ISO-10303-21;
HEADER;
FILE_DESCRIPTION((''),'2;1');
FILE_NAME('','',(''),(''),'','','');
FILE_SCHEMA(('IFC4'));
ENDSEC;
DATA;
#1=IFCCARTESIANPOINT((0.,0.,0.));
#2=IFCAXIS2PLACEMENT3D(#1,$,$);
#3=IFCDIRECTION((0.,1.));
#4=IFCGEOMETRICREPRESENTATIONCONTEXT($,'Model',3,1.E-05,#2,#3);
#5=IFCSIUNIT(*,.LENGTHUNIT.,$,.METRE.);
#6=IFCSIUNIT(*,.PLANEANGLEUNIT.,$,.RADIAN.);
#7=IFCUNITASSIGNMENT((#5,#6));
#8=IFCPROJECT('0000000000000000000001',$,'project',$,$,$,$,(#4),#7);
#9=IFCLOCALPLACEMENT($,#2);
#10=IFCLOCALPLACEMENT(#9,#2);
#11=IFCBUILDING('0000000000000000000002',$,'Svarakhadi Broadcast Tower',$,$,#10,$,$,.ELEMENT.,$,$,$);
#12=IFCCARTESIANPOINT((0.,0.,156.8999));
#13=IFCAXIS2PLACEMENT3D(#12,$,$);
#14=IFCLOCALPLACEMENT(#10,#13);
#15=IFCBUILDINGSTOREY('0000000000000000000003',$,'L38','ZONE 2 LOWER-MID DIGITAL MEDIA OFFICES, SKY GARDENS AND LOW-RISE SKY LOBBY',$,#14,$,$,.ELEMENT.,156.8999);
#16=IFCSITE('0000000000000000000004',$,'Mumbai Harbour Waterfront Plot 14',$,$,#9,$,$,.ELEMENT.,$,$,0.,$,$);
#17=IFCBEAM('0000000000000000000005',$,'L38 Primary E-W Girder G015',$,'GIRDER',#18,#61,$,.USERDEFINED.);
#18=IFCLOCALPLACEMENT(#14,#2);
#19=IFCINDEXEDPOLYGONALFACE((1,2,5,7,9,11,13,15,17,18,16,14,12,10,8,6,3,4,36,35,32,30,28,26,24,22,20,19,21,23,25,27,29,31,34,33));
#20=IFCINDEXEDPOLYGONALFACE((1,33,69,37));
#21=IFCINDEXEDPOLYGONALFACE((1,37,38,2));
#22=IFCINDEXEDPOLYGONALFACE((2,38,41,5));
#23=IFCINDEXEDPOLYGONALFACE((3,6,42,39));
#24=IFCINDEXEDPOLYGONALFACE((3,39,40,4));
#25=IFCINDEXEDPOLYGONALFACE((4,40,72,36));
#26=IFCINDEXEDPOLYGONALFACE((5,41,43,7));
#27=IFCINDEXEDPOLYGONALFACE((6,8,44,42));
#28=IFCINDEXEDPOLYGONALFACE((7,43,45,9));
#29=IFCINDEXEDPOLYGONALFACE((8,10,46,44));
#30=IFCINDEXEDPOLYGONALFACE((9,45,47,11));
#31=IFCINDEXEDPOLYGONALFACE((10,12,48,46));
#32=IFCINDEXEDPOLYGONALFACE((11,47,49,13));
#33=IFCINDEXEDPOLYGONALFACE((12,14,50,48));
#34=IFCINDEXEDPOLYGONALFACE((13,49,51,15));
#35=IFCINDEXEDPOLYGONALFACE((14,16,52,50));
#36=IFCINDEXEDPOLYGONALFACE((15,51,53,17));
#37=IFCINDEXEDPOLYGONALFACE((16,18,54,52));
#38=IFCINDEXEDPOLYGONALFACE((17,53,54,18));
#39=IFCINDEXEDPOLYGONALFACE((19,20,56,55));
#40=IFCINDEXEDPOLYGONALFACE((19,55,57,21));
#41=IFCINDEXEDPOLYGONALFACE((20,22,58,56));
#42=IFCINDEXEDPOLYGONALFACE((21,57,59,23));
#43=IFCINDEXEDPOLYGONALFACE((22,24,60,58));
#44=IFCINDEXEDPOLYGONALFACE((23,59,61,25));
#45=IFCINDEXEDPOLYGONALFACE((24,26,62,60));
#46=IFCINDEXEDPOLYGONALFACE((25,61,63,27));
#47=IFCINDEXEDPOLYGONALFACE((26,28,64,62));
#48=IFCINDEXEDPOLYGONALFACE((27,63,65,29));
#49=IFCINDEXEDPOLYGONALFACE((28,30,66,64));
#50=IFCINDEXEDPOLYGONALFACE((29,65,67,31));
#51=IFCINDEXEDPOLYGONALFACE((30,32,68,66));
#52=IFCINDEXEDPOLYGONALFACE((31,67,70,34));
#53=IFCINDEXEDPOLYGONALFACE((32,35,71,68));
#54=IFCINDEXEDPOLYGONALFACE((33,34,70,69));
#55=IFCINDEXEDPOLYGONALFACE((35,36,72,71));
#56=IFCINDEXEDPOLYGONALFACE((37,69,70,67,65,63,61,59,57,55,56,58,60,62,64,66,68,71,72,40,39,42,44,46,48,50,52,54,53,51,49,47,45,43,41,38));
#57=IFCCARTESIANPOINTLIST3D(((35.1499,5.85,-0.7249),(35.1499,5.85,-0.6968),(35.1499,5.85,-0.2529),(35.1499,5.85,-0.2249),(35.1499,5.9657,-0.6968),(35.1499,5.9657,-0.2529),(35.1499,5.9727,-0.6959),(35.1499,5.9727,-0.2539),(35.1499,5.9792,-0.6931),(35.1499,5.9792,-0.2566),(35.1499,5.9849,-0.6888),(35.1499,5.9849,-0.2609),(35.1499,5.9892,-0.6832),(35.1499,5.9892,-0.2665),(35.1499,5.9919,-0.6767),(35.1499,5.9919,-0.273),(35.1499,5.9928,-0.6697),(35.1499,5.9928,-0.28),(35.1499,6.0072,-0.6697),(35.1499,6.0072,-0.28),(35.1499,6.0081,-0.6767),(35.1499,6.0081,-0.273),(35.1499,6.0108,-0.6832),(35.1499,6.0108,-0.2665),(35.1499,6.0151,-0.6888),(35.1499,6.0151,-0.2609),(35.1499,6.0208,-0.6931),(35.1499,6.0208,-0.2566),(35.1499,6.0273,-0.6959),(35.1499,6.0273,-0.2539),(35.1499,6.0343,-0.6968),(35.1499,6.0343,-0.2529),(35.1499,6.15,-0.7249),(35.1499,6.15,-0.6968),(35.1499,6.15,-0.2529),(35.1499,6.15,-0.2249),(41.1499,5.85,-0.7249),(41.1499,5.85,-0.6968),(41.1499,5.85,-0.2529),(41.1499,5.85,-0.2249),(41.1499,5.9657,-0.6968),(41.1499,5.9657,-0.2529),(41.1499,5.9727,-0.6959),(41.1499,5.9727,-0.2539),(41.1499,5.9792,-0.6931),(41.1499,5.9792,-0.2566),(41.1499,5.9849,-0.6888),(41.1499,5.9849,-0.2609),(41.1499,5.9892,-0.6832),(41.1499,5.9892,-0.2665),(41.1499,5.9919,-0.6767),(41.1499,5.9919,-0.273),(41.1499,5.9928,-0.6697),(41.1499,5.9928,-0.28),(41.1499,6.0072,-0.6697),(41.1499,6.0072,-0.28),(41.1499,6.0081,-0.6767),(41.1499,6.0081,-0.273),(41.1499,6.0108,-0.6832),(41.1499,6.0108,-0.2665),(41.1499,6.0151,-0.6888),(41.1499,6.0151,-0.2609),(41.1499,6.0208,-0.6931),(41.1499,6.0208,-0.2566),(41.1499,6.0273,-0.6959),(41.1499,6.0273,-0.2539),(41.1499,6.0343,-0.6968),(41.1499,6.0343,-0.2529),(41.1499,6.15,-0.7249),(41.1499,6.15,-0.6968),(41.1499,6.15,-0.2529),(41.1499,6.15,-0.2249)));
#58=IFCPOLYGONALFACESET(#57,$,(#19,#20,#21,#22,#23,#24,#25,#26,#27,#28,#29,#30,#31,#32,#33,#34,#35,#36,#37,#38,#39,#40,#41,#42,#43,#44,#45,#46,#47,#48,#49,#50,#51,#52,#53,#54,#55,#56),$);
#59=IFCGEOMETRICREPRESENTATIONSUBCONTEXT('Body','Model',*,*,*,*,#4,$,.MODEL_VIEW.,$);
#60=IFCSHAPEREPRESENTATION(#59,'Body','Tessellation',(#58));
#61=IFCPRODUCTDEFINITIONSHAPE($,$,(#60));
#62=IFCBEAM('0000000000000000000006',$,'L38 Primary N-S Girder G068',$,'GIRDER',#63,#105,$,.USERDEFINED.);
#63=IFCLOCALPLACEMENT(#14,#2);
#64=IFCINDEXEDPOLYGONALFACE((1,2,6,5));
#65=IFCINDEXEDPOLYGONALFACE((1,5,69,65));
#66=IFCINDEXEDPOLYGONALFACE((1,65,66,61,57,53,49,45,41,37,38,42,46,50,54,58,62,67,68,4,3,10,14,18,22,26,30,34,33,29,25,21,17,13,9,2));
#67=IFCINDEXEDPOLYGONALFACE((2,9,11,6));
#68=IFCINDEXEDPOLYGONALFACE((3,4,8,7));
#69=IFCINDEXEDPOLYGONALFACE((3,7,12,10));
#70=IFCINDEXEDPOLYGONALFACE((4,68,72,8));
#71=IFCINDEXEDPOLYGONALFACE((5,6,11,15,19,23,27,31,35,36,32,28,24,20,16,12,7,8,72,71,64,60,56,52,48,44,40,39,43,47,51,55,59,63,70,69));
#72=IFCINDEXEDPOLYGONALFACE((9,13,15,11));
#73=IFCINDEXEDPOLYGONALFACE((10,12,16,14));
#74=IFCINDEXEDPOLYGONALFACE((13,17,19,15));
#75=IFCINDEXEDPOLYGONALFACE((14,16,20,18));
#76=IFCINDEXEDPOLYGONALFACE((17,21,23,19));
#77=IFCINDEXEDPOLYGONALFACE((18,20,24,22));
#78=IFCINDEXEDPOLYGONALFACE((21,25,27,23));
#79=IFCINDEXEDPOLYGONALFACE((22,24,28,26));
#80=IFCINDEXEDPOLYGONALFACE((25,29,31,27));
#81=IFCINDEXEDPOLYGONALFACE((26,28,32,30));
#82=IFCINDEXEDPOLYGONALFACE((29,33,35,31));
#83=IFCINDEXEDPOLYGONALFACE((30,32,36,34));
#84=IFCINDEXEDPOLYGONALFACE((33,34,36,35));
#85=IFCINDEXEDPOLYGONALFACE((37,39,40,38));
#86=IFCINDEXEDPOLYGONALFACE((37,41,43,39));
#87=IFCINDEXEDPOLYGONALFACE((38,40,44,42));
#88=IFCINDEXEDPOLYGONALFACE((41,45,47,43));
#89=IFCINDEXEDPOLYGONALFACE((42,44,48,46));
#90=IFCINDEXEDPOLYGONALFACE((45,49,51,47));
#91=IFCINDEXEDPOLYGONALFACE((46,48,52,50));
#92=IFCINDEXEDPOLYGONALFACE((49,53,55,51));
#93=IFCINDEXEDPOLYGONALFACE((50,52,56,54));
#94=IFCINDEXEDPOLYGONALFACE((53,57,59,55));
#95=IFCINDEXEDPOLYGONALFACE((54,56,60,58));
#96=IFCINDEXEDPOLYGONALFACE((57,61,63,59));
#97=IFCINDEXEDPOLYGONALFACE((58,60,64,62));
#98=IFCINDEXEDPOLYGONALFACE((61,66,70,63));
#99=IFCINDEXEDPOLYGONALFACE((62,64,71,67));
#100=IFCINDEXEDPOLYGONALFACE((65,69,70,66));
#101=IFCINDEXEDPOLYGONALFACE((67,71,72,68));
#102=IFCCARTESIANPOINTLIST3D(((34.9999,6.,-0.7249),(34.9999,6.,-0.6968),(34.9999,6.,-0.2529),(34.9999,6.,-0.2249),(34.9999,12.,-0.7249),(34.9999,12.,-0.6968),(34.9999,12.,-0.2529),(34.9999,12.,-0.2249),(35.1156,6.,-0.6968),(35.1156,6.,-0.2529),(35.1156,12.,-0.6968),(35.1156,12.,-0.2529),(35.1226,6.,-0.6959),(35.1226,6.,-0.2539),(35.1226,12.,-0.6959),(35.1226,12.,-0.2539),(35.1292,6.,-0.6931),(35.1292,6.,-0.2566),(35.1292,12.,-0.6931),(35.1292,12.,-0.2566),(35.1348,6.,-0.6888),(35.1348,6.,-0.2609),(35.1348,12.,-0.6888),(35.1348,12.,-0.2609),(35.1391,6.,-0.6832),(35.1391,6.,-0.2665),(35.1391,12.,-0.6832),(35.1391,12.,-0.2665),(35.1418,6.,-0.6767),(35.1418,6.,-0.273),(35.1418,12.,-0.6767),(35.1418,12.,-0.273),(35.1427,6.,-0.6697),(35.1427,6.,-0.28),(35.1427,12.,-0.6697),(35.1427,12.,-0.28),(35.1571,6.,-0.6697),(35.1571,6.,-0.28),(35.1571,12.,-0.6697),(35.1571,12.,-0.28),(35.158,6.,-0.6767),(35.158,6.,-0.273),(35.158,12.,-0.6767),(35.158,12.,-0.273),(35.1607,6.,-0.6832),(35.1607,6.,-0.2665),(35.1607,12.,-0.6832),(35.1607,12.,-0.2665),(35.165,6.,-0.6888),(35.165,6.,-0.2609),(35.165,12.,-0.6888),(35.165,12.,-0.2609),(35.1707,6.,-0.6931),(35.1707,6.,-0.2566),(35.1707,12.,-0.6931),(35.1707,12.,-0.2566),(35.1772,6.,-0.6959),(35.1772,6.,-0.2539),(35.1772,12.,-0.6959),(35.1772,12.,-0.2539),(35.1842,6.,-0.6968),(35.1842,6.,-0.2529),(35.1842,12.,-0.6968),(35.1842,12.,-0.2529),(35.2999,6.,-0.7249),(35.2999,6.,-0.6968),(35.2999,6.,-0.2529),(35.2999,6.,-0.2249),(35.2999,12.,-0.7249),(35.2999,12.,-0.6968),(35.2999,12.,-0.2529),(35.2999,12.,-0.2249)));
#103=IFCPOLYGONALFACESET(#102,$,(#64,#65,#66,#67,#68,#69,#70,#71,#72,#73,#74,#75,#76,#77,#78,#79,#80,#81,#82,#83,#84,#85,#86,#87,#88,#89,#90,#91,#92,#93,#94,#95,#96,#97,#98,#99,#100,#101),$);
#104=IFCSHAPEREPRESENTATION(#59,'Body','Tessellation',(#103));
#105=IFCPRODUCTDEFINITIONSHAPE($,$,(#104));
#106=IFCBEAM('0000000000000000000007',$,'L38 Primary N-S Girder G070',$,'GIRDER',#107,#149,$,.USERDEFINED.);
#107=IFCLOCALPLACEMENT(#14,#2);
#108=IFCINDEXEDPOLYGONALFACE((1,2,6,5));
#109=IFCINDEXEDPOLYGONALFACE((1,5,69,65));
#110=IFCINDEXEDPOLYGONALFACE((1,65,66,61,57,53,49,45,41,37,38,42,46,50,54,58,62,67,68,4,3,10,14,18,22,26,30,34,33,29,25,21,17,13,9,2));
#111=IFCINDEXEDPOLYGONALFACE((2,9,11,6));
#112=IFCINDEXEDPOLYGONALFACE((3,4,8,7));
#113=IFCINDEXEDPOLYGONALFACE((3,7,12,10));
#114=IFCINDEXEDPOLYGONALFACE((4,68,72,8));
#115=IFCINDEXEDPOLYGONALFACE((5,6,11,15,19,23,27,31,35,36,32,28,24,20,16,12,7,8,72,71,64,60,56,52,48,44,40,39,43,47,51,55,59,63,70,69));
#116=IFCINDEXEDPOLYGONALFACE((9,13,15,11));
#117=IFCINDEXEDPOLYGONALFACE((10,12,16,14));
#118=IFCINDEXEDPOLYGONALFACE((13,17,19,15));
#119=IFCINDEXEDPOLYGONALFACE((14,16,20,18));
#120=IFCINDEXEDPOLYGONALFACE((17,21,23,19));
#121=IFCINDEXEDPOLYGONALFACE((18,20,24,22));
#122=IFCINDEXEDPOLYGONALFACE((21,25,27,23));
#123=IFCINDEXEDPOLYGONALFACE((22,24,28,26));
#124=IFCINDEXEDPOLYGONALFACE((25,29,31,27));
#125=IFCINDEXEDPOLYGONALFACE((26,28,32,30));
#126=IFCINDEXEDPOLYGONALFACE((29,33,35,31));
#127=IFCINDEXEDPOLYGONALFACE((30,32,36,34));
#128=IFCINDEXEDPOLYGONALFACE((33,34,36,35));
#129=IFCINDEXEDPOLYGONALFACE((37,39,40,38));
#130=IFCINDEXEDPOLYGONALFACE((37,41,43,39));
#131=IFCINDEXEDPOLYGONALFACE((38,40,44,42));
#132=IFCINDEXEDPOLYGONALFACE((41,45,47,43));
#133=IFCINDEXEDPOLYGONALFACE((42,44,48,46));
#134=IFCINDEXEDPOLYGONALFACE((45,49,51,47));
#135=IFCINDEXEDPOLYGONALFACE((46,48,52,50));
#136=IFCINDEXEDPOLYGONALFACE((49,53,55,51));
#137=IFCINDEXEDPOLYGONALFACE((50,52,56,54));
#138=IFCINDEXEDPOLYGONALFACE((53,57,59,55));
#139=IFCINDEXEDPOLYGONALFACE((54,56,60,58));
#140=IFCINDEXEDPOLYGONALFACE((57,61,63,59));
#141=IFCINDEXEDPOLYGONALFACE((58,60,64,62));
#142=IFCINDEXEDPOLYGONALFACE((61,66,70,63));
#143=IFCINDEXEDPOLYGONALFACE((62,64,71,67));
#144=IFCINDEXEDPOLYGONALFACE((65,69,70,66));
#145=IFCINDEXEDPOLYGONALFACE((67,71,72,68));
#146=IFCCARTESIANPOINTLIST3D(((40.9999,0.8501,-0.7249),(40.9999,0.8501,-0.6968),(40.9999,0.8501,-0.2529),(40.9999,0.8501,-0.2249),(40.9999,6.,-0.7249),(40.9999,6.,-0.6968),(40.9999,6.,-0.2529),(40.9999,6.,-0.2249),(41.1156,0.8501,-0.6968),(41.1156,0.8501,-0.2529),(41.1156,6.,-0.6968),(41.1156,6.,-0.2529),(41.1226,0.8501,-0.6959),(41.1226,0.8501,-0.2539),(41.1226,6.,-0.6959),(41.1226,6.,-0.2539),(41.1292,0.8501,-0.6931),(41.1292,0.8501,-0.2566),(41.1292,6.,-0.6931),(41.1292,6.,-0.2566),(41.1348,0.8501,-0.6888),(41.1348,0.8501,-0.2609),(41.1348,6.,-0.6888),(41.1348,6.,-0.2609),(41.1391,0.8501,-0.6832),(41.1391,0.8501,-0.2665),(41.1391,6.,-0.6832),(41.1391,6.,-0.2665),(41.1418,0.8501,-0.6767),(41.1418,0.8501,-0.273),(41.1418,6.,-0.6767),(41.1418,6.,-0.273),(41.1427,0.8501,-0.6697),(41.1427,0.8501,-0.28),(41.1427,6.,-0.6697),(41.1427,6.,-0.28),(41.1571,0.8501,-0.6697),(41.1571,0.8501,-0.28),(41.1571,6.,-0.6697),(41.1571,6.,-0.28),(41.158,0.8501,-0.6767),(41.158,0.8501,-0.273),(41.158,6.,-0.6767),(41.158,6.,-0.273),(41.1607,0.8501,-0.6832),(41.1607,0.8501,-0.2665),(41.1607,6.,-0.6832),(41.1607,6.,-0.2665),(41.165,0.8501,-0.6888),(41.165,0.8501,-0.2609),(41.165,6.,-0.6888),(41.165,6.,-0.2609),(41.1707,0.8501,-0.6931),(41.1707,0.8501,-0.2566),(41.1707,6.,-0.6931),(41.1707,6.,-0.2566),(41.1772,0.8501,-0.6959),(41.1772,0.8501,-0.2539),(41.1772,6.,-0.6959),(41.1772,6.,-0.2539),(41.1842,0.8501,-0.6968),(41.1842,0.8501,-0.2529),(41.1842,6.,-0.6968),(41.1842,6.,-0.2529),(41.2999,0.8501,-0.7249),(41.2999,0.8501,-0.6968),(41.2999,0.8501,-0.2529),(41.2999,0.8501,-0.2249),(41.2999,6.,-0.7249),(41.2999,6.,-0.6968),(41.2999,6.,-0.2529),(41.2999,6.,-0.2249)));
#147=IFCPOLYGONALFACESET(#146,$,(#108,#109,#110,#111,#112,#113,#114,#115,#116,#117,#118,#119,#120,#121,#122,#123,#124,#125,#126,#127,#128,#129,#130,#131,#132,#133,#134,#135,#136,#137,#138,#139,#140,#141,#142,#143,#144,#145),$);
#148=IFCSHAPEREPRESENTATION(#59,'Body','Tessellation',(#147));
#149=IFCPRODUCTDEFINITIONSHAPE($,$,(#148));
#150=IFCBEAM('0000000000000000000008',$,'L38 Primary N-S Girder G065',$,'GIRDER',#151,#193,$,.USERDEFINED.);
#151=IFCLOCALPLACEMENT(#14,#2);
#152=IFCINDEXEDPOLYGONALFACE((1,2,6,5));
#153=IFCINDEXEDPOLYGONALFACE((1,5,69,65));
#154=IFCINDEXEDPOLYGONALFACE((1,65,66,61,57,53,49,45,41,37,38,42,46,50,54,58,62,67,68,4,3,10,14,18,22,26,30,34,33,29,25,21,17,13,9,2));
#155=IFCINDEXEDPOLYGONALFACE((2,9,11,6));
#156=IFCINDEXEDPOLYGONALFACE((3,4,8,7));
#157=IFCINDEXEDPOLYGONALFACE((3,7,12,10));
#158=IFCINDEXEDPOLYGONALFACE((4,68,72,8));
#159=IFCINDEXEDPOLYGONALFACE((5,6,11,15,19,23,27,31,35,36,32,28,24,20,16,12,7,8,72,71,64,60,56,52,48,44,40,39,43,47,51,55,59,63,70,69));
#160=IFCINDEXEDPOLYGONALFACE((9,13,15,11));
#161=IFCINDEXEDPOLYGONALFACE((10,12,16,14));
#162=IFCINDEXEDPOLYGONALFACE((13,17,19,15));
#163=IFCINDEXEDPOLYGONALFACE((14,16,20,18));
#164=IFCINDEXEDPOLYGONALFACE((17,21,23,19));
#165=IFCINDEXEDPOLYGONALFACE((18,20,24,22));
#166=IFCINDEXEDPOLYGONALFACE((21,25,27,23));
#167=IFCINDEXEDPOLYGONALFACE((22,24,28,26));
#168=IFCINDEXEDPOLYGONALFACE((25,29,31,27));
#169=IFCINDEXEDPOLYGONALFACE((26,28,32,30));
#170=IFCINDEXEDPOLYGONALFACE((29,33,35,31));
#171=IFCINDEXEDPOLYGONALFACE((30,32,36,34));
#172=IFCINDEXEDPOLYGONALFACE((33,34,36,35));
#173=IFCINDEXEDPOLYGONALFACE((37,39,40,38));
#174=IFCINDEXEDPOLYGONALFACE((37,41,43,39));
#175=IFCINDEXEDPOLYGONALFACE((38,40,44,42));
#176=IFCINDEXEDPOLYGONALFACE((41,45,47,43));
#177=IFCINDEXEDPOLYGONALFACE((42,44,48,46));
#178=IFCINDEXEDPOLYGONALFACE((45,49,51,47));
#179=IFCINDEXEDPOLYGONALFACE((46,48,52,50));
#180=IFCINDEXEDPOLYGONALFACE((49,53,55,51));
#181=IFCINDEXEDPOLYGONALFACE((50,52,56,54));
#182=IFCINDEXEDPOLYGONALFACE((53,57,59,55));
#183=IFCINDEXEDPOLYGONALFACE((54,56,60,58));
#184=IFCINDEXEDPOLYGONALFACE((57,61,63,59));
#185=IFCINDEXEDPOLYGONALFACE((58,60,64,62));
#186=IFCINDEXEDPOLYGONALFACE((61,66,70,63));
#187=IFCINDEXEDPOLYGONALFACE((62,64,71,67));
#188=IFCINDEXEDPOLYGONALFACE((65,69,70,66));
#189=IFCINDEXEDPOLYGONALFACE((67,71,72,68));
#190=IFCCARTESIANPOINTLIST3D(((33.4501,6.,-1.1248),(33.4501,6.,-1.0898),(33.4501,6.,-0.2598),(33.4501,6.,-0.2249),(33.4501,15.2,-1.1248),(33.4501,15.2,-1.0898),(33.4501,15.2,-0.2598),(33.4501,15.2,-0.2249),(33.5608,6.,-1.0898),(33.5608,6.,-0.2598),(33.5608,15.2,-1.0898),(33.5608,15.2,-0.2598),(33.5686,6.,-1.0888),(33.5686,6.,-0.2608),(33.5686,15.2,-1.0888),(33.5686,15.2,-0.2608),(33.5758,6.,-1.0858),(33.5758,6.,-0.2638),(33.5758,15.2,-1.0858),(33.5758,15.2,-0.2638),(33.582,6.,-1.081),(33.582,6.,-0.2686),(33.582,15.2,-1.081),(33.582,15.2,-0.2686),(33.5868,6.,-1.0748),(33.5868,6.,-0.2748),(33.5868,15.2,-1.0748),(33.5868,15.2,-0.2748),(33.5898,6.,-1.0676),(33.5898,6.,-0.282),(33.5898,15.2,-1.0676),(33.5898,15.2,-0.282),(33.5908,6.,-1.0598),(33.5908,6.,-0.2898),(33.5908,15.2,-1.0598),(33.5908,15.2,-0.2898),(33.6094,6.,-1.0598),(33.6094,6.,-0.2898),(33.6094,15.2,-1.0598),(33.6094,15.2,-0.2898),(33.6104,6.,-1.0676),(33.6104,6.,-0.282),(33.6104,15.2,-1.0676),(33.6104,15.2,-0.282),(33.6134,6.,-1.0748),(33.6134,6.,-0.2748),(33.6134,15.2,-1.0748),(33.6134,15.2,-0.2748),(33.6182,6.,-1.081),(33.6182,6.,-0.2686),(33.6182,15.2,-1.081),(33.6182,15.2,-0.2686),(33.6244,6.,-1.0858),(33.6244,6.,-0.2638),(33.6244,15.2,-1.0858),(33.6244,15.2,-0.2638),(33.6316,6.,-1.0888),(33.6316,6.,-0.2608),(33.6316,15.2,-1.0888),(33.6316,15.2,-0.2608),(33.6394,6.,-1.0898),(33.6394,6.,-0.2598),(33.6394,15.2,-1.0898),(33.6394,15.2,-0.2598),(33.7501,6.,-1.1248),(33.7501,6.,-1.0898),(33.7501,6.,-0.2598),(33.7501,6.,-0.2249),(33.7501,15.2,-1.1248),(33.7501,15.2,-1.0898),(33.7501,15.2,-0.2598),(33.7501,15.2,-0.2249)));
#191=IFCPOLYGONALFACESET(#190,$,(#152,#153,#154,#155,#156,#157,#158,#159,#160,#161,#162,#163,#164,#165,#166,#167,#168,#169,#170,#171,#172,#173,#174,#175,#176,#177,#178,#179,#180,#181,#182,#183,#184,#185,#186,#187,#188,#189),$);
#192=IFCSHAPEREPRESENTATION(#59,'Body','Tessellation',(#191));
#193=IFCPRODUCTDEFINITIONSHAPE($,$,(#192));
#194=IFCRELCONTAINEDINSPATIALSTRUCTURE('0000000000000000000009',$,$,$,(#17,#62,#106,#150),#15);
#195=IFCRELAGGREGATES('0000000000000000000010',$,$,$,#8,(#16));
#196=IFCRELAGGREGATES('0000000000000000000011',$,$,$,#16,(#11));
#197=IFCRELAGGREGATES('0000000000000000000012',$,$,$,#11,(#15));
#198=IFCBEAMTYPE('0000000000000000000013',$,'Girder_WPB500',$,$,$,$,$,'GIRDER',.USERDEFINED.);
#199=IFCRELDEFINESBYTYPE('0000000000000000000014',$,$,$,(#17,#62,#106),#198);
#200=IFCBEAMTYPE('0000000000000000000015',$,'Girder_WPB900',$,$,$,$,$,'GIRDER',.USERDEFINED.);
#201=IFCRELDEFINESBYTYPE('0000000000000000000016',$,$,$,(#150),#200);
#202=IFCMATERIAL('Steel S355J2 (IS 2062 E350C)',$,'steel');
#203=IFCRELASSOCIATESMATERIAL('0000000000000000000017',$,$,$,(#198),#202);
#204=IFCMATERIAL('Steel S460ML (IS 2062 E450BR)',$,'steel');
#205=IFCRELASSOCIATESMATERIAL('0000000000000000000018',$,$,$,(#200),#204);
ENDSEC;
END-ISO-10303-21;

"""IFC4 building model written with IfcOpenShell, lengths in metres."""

from ifc_helpers import new_model, si_unit, direction, frame, origin, origin_2d, place, context, subcontext, project, spatial, i_section, extrude, material, material_profile, profile_set, type_object, element, save


model = new_model("IFC4")

# Units and contexts
model_context = context("Model", 3, precision=1e-05, world=origin(), true_north=direction((0.0, 1.0)))
body_context = subcontext(model_context, "Body", "Model", "MODEL_VIEW")
ifc_project = project(units=[si_unit("LENGTHUNIT", "METRE"), si_unit("PLANEANGLEUNIT", "RADIAN")], contexts=[model_context])

# Site, building, storey
site_placement = place(None, origin())
site = spatial("IfcSite", under=ifc_project, at=site_placement, Name="Mumbai Harbour Waterfront Plot 14", CompositionType="ELEMENT", RefElevation=0.0)
building_placement = place(site_placement, origin())
building = spatial("IfcBuilding", under=site, at=building_placement, Name="Svarakhadi Broadcast Tower", CompositionType="ELEMENT")
storey_placement = place(building_placement, frame((0.0, 0.0, 156.8999)))
storey = spatial("IfcBuildingStorey", under=building, at=storey_placement, Name="L38", Description="ZONE 2 LOWER-MID DIGITAL MEDIA OFFICES, SKY GARDENS AND LOW-RISE SKY LOBBY", CompositionType="ELEMENT", Elevation=156.8999)

# Shared definitions
ifc_material_1 = material(Name="Steel S460ML (IS 2062 E450BR)", Category="steel")

# Beams
ifc_material_2 = material(Name="Steel S355J2 (IS 2062 E350C)", Category="steel")
ifc_material_profile_1 = material_profile(ifc_material_2, i_section(OverallWidth=0.3, OverallDepth=0.5, WebThickness=0.0144, FlangeThickness=0.0281, FilletRadius=0.0271, at=origin_2d()), Name="WPB 500x300x187")
ifc_profile_set_1 = profile_set([ifc_material_profile_1], Name="Steel S355J2 (IS 2062 E350C)")
beam_type_1 = type_object("IfcBeamType", Name="Girder_WPB500", ElementType="GIRDER", PredefinedType="USERDEFINED", material=ifc_profile_set_1)
for number, where, z_axis, x_axis, name in (
    (1, (35.1499, 6.0, -0.4749), (1.0, 0.0, 0.0), (0.0, 1.0, 0.0), "L38 Primary E-W Girder G015"),
    (2, (35.1499, 6.0, -0.4749), (0.0, 1.0, 0.0), (-1.0, 0.0, 0.0), "L38 Primary N-S Girder G068"),
):
    element("IfcBeam", number, at=place(storey_placement, frame(where, z_axis=z_axis, x_axis=x_axis)), inside=storey, type_object=beam_type_1, Name=name, ObjectType="GIRDER", PredefinedType="USERDEFINED", context=body_context, shape_type="SweptSolid", body=[
        extrude(i_section(OverallWidth=0.3, OverallDepth=0.5, WebThickness=0.0144, FlangeThickness=0.0281, FilletRadius=0.0271, at=origin_2d()), origin(), (0.0, 0.0, 1.0), 6.0),
    ])
beam_1_placement = place(storey_placement, frame((41.1499, 0.8501, -0.4749), z_axis=(0.0, 1.0, 0.0), x_axis=(-1.0, 0.0, 0.0)))
element("IfcBeam", 3, at=beam_1_placement, inside=storey, type_object=beam_type_1, Name="L38 Primary N-S Girder G070", ObjectType="GIRDER", PredefinedType="USERDEFINED", context=body_context, shape_type="SweptSolid", body=[
    extrude(i_section(OverallWidth=0.3, OverallDepth=0.5, WebThickness=0.0144, FlangeThickness=0.0281, FilletRadius=0.0271, at=origin_2d()), origin(), (0.0, 0.0, 1.0), 5.1499),
])
ifc_material_profile_2 = material_profile(ifc_material_1, i_section(OverallWidth=0.3, OverallDepth=0.8999, WebThickness=0.0186, FlangeThickness=0.0349, FilletRadius=0.03, at=origin_2d()), Name="WPB 900x300x291")
ifc_profile_set_2 = profile_set([ifc_material_profile_2], Name="Steel S460ML (IS 2062 E450BR)")
beam_type_2 = type_object("IfcBeamType", Name="Girder_WPB900", ElementType="GIRDER", PredefinedType="USERDEFINED", material=ifc_profile_set_2)
beam_2_placement = place(storey_placement, frame((33.6001, 6.0, -0.6748), z_axis=(0.0, 1.0, 0.0), x_axis=(-1.0, 0.0, 0.0)))
element("IfcBeam", 4, at=beam_2_placement, inside=storey, type_object=beam_type_2, Name="L38 Primary N-S Girder G065", ObjectType="GIRDER", PredefinedType="USERDEFINED", context=body_context, shape_type="SweptSolid", body=[
    extrude(i_section(OverallWidth=0.3, OverallDepth=0.8999, WebThickness=0.0186, FlangeThickness=0.0349, FilletRadius=0.03, at=origin_2d()), origin(), (0.0, 0.0, 1.0), 9.2),
])

save(model, "model.ifc")
